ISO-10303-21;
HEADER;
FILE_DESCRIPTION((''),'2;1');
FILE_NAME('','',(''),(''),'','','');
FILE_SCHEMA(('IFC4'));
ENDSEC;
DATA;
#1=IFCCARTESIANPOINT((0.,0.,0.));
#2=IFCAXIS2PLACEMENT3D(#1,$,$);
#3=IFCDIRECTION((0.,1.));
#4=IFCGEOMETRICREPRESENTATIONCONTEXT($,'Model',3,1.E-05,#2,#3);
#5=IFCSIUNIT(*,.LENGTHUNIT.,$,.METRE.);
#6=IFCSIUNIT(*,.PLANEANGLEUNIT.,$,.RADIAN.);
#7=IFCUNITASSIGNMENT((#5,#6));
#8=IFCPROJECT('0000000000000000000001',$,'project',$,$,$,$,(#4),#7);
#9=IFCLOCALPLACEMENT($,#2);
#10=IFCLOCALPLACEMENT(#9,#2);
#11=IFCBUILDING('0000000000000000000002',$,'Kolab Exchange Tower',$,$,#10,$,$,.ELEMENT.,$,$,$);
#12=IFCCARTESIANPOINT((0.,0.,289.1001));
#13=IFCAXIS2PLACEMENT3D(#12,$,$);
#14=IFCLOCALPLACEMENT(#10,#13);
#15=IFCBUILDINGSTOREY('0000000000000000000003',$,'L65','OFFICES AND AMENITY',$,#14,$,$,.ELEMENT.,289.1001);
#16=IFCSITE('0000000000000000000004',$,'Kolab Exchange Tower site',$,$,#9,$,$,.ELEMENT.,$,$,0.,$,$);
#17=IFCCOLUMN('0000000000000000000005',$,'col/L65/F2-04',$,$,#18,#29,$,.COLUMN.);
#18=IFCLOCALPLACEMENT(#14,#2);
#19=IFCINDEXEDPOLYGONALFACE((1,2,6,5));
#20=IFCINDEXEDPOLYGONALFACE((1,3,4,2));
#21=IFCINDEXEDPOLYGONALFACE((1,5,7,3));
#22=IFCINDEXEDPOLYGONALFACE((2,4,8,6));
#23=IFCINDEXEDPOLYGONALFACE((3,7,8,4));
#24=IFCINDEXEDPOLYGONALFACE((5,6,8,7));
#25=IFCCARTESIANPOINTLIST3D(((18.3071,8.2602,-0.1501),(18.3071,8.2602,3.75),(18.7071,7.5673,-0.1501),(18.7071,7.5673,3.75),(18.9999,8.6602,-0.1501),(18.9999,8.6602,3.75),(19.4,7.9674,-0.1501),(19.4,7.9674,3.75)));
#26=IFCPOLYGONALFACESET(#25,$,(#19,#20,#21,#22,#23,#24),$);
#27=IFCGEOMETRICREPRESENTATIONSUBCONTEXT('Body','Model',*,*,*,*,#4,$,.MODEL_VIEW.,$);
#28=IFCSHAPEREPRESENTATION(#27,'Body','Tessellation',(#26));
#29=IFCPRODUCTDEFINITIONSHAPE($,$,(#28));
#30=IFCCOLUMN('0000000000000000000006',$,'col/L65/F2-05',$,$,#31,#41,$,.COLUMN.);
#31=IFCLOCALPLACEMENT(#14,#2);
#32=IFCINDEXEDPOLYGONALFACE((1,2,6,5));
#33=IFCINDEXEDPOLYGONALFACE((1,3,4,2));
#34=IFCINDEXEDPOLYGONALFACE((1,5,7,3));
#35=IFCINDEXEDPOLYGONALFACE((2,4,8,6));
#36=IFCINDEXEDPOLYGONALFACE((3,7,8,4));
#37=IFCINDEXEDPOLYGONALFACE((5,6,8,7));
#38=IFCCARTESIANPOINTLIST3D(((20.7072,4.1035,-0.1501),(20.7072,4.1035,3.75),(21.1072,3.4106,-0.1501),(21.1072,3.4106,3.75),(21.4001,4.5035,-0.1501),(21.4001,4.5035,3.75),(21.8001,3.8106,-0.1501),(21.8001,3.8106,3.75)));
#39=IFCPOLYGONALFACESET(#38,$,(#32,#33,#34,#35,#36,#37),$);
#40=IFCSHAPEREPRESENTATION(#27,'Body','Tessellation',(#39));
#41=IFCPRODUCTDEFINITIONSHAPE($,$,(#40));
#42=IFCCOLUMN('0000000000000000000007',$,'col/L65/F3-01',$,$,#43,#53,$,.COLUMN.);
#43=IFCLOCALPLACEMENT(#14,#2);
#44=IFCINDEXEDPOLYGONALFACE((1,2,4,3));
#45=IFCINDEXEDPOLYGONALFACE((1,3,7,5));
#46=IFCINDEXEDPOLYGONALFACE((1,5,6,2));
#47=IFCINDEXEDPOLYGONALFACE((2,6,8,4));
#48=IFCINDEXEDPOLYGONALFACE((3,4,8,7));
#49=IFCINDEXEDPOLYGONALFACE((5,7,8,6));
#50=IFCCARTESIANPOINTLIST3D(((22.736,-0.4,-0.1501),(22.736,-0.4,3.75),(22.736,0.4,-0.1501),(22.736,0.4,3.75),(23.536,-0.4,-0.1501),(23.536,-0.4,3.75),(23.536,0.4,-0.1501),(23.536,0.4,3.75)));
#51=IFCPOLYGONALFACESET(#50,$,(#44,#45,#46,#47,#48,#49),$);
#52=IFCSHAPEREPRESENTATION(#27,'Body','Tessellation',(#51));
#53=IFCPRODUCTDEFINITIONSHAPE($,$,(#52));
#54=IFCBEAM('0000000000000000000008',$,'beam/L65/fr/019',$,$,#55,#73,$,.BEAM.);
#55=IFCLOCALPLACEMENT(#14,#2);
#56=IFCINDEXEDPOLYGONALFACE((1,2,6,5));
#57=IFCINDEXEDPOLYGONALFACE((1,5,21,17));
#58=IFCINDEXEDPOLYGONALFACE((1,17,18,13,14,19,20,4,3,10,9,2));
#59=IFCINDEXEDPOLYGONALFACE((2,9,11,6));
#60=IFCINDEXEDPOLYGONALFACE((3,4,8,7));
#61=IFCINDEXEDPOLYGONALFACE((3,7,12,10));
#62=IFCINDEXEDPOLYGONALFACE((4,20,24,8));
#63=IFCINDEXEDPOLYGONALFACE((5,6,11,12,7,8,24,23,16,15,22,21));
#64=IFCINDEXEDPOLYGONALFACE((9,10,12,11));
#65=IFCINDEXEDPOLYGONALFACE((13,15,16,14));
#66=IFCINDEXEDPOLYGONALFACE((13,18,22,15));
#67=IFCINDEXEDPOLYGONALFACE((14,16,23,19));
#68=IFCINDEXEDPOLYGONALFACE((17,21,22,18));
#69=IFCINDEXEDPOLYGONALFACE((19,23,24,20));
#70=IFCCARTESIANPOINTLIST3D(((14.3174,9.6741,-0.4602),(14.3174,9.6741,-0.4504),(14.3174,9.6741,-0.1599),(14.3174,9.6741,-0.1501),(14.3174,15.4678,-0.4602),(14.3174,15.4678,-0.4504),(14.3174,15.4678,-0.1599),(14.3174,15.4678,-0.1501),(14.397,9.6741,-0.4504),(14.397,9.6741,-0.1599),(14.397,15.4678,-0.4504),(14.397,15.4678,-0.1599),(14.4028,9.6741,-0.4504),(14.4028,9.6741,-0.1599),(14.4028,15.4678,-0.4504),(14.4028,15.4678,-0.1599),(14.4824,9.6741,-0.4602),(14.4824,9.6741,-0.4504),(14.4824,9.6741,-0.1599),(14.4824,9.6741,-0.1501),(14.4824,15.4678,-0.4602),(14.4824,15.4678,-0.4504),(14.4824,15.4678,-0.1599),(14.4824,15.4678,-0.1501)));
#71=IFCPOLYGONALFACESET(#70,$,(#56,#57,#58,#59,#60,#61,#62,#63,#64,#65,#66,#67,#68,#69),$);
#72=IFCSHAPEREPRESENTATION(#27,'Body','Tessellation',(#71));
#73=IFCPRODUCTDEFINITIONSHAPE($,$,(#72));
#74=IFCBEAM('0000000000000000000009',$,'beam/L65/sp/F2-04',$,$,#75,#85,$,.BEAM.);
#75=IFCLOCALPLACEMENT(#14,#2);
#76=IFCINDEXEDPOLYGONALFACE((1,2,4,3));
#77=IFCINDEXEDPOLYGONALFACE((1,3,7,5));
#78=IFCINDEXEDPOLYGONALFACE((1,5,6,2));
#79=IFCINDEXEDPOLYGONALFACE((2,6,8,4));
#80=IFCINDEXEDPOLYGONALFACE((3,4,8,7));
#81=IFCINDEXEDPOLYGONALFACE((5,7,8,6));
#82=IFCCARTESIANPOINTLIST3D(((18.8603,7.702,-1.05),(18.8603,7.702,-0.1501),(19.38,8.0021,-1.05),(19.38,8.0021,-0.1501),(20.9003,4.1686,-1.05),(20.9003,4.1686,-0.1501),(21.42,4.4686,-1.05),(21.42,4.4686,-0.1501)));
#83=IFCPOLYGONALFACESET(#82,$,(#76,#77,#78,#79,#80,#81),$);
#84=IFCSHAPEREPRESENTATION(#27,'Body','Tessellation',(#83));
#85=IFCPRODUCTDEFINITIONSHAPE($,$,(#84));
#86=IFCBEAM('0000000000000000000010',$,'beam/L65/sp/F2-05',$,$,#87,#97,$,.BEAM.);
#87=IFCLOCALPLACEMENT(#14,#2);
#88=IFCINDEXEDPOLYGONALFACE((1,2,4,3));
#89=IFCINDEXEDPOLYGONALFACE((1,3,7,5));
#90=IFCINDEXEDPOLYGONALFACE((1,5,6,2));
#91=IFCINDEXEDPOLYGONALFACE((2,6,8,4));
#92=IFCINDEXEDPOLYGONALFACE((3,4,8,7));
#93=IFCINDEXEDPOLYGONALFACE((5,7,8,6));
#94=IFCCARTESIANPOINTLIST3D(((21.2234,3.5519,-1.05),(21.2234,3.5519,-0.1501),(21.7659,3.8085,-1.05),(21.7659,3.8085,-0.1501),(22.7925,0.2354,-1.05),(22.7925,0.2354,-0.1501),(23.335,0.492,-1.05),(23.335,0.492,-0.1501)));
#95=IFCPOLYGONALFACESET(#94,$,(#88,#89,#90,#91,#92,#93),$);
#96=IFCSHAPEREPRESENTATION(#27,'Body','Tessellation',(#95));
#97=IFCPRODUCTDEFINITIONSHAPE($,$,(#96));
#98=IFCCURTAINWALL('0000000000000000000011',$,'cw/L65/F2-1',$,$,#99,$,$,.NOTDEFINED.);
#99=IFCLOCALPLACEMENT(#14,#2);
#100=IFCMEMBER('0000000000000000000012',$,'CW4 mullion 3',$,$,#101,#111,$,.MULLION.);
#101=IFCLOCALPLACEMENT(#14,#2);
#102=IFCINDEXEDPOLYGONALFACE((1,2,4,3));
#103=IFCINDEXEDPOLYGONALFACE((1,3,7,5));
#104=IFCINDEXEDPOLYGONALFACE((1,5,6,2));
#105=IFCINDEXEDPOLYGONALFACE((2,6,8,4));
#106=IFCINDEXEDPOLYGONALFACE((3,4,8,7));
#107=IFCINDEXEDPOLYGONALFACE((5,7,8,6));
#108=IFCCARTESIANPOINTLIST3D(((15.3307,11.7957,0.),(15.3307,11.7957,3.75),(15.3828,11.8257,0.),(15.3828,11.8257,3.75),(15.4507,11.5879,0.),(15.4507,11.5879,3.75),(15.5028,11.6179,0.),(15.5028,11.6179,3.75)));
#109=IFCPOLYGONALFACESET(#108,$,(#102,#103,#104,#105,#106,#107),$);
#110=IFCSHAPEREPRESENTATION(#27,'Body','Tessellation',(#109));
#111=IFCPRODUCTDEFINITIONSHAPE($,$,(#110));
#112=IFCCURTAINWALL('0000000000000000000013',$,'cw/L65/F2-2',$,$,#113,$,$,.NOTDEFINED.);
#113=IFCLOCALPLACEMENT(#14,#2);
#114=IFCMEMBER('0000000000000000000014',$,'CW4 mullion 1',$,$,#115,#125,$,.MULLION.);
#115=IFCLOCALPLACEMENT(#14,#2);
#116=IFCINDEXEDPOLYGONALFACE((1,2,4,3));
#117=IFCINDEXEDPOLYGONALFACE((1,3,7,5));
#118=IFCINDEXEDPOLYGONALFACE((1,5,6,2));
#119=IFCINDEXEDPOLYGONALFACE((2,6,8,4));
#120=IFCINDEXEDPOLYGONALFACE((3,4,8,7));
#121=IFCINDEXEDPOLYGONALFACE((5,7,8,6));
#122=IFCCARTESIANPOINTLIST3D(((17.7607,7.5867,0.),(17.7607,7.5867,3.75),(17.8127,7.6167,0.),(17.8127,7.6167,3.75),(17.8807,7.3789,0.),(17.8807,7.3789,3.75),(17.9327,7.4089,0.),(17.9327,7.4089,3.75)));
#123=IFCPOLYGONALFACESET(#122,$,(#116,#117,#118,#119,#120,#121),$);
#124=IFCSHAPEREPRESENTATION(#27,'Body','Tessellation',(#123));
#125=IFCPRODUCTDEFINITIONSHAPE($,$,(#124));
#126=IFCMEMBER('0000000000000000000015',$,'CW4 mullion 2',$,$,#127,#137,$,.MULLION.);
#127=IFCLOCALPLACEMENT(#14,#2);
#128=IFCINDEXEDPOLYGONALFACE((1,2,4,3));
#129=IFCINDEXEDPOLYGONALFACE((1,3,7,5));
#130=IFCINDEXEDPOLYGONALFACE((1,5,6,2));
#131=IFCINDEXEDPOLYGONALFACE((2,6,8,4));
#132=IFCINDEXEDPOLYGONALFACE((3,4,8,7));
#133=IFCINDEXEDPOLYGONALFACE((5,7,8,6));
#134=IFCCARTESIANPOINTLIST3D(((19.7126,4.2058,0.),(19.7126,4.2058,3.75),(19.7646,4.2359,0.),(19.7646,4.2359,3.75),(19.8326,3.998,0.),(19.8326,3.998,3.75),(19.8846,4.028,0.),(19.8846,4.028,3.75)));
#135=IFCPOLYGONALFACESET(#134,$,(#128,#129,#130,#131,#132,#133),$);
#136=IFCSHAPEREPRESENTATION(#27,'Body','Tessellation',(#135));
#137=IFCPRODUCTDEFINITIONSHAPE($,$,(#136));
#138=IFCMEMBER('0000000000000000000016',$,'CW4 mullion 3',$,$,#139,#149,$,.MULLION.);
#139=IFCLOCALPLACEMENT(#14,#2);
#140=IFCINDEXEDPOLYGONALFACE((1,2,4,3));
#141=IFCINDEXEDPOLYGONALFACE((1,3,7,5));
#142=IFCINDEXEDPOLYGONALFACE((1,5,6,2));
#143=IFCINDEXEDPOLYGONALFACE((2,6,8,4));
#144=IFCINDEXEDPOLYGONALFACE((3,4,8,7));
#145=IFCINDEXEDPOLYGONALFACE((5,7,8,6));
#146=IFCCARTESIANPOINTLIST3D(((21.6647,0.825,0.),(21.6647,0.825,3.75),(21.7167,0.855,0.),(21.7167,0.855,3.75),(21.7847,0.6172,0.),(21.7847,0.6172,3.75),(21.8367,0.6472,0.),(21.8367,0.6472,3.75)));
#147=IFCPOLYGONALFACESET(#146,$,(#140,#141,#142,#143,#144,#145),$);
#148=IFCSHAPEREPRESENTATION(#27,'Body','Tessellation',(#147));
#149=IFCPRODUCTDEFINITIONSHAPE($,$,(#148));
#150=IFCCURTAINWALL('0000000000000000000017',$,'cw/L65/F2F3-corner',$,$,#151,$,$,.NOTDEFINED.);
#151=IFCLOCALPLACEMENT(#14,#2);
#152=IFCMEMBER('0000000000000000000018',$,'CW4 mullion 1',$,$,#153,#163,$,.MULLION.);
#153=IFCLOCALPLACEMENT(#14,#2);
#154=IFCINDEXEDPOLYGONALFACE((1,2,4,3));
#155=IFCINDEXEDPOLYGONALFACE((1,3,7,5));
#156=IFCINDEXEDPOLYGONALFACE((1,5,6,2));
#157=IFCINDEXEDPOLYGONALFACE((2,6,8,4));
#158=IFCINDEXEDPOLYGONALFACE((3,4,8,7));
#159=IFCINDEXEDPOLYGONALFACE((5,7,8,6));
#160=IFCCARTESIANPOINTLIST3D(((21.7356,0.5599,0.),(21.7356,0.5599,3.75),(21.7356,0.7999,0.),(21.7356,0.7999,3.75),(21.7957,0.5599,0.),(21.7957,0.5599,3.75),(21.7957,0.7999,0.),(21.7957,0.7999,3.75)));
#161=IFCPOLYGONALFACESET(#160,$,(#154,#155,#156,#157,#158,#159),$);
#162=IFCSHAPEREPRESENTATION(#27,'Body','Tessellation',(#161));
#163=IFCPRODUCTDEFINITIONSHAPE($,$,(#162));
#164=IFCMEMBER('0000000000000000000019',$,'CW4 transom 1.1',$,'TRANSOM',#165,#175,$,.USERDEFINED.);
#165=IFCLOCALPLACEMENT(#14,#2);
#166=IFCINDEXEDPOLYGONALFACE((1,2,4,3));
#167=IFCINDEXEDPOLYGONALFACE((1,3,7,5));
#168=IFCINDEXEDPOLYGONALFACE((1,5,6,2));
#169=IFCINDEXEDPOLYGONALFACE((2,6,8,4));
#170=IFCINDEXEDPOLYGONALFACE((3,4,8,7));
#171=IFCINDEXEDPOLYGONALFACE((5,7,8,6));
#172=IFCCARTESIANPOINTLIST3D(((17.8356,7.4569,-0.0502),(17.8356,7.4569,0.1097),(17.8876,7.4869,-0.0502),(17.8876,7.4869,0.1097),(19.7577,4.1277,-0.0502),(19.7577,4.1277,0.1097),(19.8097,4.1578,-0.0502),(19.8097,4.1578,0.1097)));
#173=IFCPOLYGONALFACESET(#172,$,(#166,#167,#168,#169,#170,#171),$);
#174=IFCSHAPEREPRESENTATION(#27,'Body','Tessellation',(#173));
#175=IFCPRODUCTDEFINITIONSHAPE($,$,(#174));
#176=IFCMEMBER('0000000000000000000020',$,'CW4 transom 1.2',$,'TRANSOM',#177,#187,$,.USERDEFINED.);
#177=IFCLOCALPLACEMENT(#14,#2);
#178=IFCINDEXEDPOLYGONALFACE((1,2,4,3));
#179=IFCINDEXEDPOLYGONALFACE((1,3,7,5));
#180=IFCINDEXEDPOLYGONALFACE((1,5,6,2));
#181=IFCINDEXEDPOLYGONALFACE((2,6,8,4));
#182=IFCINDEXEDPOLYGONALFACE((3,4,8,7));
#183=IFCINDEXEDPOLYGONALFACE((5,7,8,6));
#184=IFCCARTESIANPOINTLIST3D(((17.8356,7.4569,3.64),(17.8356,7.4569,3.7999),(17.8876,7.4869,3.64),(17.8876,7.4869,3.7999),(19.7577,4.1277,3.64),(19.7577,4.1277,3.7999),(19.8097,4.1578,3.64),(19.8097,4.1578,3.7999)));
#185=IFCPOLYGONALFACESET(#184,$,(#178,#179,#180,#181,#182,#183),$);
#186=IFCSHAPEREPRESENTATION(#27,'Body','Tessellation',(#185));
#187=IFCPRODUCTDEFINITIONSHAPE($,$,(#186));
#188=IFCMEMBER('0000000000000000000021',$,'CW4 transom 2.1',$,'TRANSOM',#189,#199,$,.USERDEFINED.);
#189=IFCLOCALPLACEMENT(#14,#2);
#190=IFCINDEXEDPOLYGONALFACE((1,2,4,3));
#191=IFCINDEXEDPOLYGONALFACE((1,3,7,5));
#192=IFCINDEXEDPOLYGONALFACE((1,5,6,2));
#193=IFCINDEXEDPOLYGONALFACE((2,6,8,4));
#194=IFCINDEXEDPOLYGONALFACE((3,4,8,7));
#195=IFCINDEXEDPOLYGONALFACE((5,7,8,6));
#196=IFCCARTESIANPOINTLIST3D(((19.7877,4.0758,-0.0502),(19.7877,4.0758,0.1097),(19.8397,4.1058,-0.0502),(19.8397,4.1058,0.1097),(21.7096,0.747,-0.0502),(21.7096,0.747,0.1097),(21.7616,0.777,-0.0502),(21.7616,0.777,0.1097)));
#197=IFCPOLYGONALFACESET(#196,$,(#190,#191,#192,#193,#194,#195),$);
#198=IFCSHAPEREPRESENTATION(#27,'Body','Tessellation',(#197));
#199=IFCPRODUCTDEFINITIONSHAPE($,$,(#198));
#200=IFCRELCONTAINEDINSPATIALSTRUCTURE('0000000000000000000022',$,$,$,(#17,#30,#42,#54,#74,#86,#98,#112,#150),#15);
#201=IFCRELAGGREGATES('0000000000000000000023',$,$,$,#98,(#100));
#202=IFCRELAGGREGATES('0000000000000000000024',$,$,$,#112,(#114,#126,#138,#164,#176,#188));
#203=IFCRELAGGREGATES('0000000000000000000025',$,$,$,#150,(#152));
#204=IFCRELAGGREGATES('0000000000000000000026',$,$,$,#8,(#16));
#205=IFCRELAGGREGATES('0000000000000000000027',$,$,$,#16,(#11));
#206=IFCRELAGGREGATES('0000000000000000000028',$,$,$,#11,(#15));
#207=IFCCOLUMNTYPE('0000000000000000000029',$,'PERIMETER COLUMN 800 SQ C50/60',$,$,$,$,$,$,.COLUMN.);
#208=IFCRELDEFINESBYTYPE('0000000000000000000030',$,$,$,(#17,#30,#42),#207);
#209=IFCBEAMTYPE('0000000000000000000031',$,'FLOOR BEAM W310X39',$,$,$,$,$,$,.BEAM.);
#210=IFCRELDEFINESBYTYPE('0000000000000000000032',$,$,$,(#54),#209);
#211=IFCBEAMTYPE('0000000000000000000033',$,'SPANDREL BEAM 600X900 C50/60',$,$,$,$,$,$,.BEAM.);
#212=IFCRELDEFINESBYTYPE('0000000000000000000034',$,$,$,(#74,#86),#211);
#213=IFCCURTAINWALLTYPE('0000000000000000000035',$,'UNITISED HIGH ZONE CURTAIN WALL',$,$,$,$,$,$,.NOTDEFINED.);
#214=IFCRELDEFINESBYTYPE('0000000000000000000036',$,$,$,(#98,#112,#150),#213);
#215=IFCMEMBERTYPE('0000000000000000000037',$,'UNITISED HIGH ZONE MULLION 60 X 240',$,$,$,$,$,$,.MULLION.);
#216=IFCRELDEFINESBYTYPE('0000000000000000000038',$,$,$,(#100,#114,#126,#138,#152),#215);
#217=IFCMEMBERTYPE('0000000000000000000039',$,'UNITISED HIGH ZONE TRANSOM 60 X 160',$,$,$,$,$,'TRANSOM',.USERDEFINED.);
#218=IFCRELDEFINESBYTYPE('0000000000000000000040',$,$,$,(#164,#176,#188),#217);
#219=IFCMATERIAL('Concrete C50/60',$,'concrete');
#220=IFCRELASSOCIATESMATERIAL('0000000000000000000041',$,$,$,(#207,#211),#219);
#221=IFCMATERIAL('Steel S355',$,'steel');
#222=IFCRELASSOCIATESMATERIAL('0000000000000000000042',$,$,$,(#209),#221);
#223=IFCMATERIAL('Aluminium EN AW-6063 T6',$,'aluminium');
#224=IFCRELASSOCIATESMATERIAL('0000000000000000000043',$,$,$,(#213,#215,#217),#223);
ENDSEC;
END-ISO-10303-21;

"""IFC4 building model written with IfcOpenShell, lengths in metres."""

from ifc_helpers import new_model, si_unit, direction, frame, origin, origin_2d, place, context, subcontext, project, spatial, rectangle, i_section, extrude, material, material_profile, profile_set, type_object, element, aggregate, save


model = new_model("IFC4")

# Units and contexts
model_context = context("Model", 3, precision=1e-05, world=origin(), true_north=direction((0.0, 1.0)))
body_context = subcontext(model_context, "Body", "Model", "MODEL_VIEW")
ifc_project = project(units=[si_unit("LENGTHUNIT", "METRE"), si_unit("PLANEANGLEUNIT", "RADIAN")], contexts=[model_context])

# Site, building, storey
site_placement = place(None, origin())
site = spatial("IfcSite", under=ifc_project, at=site_placement, Name="Kolab Exchange Tower site", CompositionType="ELEMENT", RefElevation=0.0)
building_placement = place(site_placement, origin())
building = spatial("IfcBuilding", under=site, at=building_placement, Name="Kolab Exchange Tower", CompositionType="ELEMENT")
storey_placement = place(building_placement, frame((0.0, 0.0, 289.1001)))
storey = spatial("IfcBuildingStorey", under=building, at=storey_placement, Name="L65", Description="OFFICES AND AMENITY", CompositionType="ELEMENT", Elevation=289.1001)

# Columns
ifc_material_1 = material(Name="Concrete C50/60", Category="concrete")
ifc_material_profile_1 = material_profile(ifc_material_1, rectangle(XDim=0.8, YDim=0.8, at=origin_2d()), Name="RC800")
ifc_profile_set_1 = profile_set([ifc_material_profile_1], Name="Concrete C50/60")
column_type = type_object("IfcColumnType", Name="PERIMETER COLUMN 800 SQ C50/60", PredefinedType="COLUMN", material=ifc_profile_set_1)
for number, where, z_axis, x_axis, name in (
    (1, (18.8535, 8.1138, -0.1501), (0.0, 0.0, 1.0), (0.866025, 0.5, 0.0), "col/L65/F2-04"),
    (2, (21.2537, 3.957, -0.1501), (0.0, 0.0, 1.0), (0.866025, 0.5, 0.0), "col/L65/F2-05"),
    (3, (23.136, 0.0, -0.1501), (0.0, 0.0, 1.0), (1.0, 0.0, 0.0), "col/L65/F3-01"),
):
    element("IfcColumn", number, at=place(storey_placement, frame(where, z_axis=z_axis, x_axis=x_axis)), inside=storey, type_object=column_type, Name=name, PredefinedType="COLUMN", context=body_context, shape_type="SweptSolid", body=[
        extrude(rectangle(XDim=0.8, YDim=0.8, at=origin_2d()), origin(), (0.0, 0.0, 1.0), 3.9001),
    ])

# Beams
ifc_material_2 = material(Name="Steel S355", Category="steel")
ifc_material_profile_2 = material_profile(ifc_material_2, i_section(OverallWidth=0.165, OverallDepth=0.3101, WebThickness=0.0059, FlangeThickness=0.0098, at=origin_2d()), Name="W310X39")
ifc_profile_set_2 = profile_set([ifc_material_profile_2], Name="Steel S355")
beam_type_1 = type_object("IfcBeamType", Name="FLOOR BEAM W310X39", PredefinedType="BEAM", material=ifc_profile_set_2)
beam_1_placement = place(storey_placement, frame((14.3999, 9.6741, -0.3052), z_axis=(0.0, 1.0, 0.0), x_axis=(-1.0, 0.0, 0.0)))
element("IfcBeam", 4, at=beam_1_placement, inside=storey, type_object=beam_type_1, Name="beam/L65/fr/019", PredefinedType="BEAM", context=body_context, shape_type="SweptSolid", body=[
    extrude(i_section(OverallWidth=0.165, OverallDepth=0.3101, WebThickness=0.0059, FlangeThickness=0.0098, at=origin_2d()), origin(), (0.0, 0.0, 1.0), 5.7937),
])
ifc_material_profile_3 = material_profile(ifc_material_1, rectangle(XDim=0.6001, YDim=0.8999, at=origin_2d()), Name="RC600X900")
ifc_profile_set_3 = profile_set([ifc_material_profile_3], Name="Concrete C50/60")
beam_type_2 = type_object("IfcBeamType", Name="SPANDREL BEAM 600X900 C50/60", PredefinedType="BEAM", material=ifc_profile_set_3)
beam_2_placement = place(storey_placement, frame((19.1201, 7.8521, -0.6001), z_axis=(0.5, -0.866025, 0.0), x_axis=(0.866025, 0.5, 0.0)))
element("IfcBeam", 5, at=beam_2_placement, inside=storey, type_object=beam_type_2, Name="beam/L65/sp/F2-04", PredefinedType="BEAM", context=body_context, shape_type="SweptSolid", body=[
    extrude(rectangle(XDim=0.6001, YDim=0.8999, at=origin_2d()), origin(), (0.0, 0.0, 1.0), 4.0801),
])
beam_3_placement = place(storey_placement, frame((21.4946, 3.6802, -0.6001), z_axis=(0.427677, -0.903932, 0.0), x_axis=(0.903932, 0.427677, 0.0)))
element("IfcBeam", 6, at=beam_3_placement, inside=storey, type_object=beam_type_2, Name="beam/L65/sp/F2-05", PredefinedType="BEAM", context=body_context, shape_type="SweptSolid", body=[
    extrude(rectangle(XDim=0.6001, YDim=0.8999, at=origin_2d()), origin(), (0.0, 0.0, 1.0), 3.6689),
])

# Curtain wall, member
ifc_material_3 = material(Name="Aluminium EN AW-6063 T6", Category="aluminium")
curtain_wall_type = type_object("IfcCurtainWallType", Name="UNITISED HIGH ZONE CURTAIN WALL", PredefinedType="NOTDEFINED", material=ifc_material_3)
curtain_wall_1_placement = place(storey_placement, origin())
curtain_wall_1 = element("IfcCurtainWall", 7, at=curtain_wall_1_placement, inside=storey, type_object=curtain_wall_type, Name="cw/L65/F2-1", PredefinedType="NOTDEFINED")
ifc_material_profile_4 = material_profile(ifc_material_3, rectangle(XDim=0.0601, YDim=0.24, at=origin_2d()), Name="RECT 60X240")
ifc_profile_set_4 = profile_set([ifc_material_profile_4], Name="Aluminium EN AW-6063 T6")
member_type_1 = type_object("IfcMemberType", Name="UNITISED HIGH ZONE MULLION 60 X 240", PredefinedType="MULLION", material=ifc_profile_set_4)
member_1_placement = place(storey_placement, frame((15.4167, 11.7068, 0.0), z_axis=(0.0, 0.0, 1.0), x_axis=(0.866025, 0.5, 0.0)))
member_1 = element("IfcMember", 8, at=member_1_placement, type_object=member_type_1, Name="CW4 mullion 3", PredefinedType="MULLION", context=body_context, shape_type="SweptSolid", body=[
    extrude(rectangle(XDim=0.0601, YDim=0.24, at=origin_2d()), origin(), (0.0, 0.0, 1.0), 3.75),
])
aggregate(curtain_wall_1, [member_1])

# Curtain wall, members
curtain_wall_2_placement = place(storey_placement, origin())
curtain_wall_2 = element("IfcCurtainWall", 9, at=curtain_wall_2_placement, inside=storey, type_object=curtain_wall_type, Name="cw/L65/F2-2", PredefinedType="NOTDEFINED")
member_2_placement = place(storey_placement, frame((17.8467, 7.4978, 0.0), z_axis=(0.0, 0.0, 1.0), x_axis=(0.866025, 0.5, 0.0)))
member_2 = element("IfcMember", 10, at=member_2_placement, type_object=member_type_1, Name="CW4 mullion 1", PredefinedType="MULLION", context=body_context, shape_type="SweptSolid", body=[
    extrude(rectangle(XDim=0.0601, YDim=0.24, at=origin_2d()), origin(), (0.0, 0.0, 1.0), 3.75),
])
member_3_placement = place(storey_placement, frame((19.7986, 4.1169, 0.0), z_axis=(0.0, 0.0, 1.0), x_axis=(0.866025, 0.5, 0.0)))
member_3 = element("IfcMember", 11, at=member_3_placement, type_object=member_type_1, Name="CW4 mullion 2", PredefinedType="MULLION", context=body_context, shape_type="SweptSolid", body=[
    extrude(rectangle(XDim=0.0601, YDim=0.24, at=origin_2d()), origin(), (0.0, 0.0, 1.0), 3.75),
])
member_4_placement = place(storey_placement, frame((21.7507, 0.7361, 0.0), z_axis=(0.0, 0.0, 1.0), x_axis=(0.866025, 0.5, 0.0)))
member_4 = element("IfcMember", 12, at=member_4_placement, type_object=member_type_1, Name="CW4 mullion 3", PredefinedType="MULLION", context=body_context, shape_type="SweptSolid", body=[
    extrude(rectangle(XDim=0.0601, YDim=0.24, at=origin_2d()), origin(), (0.0, 0.0, 1.0), 3.75),
])

# Curtain wall, member
curtain_wall_3_placement = place(storey_placement, origin())
curtain_wall_3 = element("IfcCurtainWall", 13, at=curtain_wall_3_placement, inside=storey, type_object=curtain_wall_type, Name="cw/L65/F2F3-corner", PredefinedType="NOTDEFINED")
member_5_placement = place(storey_placement, frame((21.7656, 0.6799, 0.0), z_axis=(0.0, 0.0, 1.0), x_axis=(1.0, 0.0, 0.0)))
member_5 = element("IfcMember", 14, at=member_5_placement, type_object=member_type_1, Name="CW4 mullion 1", PredefinedType="MULLION", context=body_context, shape_type="SweptSolid", body=[
    extrude(rectangle(XDim=0.0601, YDim=0.24, at=origin_2d()), origin(), (0.0, 0.0, 1.0), 3.75),
])

# Members
ifc_material_profile_5 = material_profile(ifc_material_3, rectangle(XDim=0.0601, YDim=0.1599, at=origin_2d()), Name="RECT 60X160")
ifc_profile_set_5 = profile_set([ifc_material_profile_5], Name="Aluminium EN AW-6063 T6")
member_type_2 = type_object("IfcMemberType", Name="UNITISED HIGH ZONE TRANSOM 60 X 160", ElementType="TRANSOM", PredefinedType="USERDEFINED", material=ifc_profile_set_5)
member_6_placement = place(storey_placement, frame((17.8616, 7.4719, 0.0298), z_axis=(0.500012, -0.866018, 0.0), x_axis=(0.866018, 0.500012, 0.0)))
member_6 = element("IfcMember", 15, at=member_6_placement, type_object=member_type_2, Name="CW4 transom 1.1", ObjectType="TRANSOM", PredefinedType="USERDEFINED", context=body_context, shape_type="SweptSolid", body=[
    extrude(rectangle(XDim=0.0601, YDim=0.1599, at=origin_2d()), origin(), (0.0, 0.0, 1.0), 3.8442),
])
member_7_placement = place(storey_placement, frame((17.8616, 7.4719, 3.72), z_axis=(0.500012, -0.866018, 0.0), x_axis=(0.866018, 0.500012, 0.0)))
member_7 = element("IfcMember", 16, at=member_7_placement, type_object=member_type_2, Name="CW4 transom 1.2", ObjectType="TRANSOM", PredefinedType="USERDEFINED", context=body_context, shape_type="SweptSolid", body=[
    extrude(rectangle(XDim=0.0601, YDim=0.1599, at=origin_2d()), origin(), (0.0, 0.0, 1.0), 3.8442),
])
member_8_placement = place(storey_placement, frame((19.8137, 4.0908, 0.0298), z_axis=(0.499992, -0.86603, 0.0), x_axis=(0.86603, 0.499992, 0.0)))
member_8 = element("IfcMember", 17, at=member_8_placement, type_object=member_type_2, Name="CW4 transom 2.1", ObjectType="TRANSOM", PredefinedType="USERDEFINED", context=body_context, shape_type="SweptSolid", body=[
    extrude(rectangle(XDim=0.0601, YDim=0.1599, at=origin_2d()), origin(), (0.0, 0.0, 1.0), 3.8438),
])

aggregate(curtain_wall_2, [member_2, member_3, member_4, member_6, member_7, member_8])
aggregate(curtain_wall_3, [member_5])

save(model, "model.ifc")
